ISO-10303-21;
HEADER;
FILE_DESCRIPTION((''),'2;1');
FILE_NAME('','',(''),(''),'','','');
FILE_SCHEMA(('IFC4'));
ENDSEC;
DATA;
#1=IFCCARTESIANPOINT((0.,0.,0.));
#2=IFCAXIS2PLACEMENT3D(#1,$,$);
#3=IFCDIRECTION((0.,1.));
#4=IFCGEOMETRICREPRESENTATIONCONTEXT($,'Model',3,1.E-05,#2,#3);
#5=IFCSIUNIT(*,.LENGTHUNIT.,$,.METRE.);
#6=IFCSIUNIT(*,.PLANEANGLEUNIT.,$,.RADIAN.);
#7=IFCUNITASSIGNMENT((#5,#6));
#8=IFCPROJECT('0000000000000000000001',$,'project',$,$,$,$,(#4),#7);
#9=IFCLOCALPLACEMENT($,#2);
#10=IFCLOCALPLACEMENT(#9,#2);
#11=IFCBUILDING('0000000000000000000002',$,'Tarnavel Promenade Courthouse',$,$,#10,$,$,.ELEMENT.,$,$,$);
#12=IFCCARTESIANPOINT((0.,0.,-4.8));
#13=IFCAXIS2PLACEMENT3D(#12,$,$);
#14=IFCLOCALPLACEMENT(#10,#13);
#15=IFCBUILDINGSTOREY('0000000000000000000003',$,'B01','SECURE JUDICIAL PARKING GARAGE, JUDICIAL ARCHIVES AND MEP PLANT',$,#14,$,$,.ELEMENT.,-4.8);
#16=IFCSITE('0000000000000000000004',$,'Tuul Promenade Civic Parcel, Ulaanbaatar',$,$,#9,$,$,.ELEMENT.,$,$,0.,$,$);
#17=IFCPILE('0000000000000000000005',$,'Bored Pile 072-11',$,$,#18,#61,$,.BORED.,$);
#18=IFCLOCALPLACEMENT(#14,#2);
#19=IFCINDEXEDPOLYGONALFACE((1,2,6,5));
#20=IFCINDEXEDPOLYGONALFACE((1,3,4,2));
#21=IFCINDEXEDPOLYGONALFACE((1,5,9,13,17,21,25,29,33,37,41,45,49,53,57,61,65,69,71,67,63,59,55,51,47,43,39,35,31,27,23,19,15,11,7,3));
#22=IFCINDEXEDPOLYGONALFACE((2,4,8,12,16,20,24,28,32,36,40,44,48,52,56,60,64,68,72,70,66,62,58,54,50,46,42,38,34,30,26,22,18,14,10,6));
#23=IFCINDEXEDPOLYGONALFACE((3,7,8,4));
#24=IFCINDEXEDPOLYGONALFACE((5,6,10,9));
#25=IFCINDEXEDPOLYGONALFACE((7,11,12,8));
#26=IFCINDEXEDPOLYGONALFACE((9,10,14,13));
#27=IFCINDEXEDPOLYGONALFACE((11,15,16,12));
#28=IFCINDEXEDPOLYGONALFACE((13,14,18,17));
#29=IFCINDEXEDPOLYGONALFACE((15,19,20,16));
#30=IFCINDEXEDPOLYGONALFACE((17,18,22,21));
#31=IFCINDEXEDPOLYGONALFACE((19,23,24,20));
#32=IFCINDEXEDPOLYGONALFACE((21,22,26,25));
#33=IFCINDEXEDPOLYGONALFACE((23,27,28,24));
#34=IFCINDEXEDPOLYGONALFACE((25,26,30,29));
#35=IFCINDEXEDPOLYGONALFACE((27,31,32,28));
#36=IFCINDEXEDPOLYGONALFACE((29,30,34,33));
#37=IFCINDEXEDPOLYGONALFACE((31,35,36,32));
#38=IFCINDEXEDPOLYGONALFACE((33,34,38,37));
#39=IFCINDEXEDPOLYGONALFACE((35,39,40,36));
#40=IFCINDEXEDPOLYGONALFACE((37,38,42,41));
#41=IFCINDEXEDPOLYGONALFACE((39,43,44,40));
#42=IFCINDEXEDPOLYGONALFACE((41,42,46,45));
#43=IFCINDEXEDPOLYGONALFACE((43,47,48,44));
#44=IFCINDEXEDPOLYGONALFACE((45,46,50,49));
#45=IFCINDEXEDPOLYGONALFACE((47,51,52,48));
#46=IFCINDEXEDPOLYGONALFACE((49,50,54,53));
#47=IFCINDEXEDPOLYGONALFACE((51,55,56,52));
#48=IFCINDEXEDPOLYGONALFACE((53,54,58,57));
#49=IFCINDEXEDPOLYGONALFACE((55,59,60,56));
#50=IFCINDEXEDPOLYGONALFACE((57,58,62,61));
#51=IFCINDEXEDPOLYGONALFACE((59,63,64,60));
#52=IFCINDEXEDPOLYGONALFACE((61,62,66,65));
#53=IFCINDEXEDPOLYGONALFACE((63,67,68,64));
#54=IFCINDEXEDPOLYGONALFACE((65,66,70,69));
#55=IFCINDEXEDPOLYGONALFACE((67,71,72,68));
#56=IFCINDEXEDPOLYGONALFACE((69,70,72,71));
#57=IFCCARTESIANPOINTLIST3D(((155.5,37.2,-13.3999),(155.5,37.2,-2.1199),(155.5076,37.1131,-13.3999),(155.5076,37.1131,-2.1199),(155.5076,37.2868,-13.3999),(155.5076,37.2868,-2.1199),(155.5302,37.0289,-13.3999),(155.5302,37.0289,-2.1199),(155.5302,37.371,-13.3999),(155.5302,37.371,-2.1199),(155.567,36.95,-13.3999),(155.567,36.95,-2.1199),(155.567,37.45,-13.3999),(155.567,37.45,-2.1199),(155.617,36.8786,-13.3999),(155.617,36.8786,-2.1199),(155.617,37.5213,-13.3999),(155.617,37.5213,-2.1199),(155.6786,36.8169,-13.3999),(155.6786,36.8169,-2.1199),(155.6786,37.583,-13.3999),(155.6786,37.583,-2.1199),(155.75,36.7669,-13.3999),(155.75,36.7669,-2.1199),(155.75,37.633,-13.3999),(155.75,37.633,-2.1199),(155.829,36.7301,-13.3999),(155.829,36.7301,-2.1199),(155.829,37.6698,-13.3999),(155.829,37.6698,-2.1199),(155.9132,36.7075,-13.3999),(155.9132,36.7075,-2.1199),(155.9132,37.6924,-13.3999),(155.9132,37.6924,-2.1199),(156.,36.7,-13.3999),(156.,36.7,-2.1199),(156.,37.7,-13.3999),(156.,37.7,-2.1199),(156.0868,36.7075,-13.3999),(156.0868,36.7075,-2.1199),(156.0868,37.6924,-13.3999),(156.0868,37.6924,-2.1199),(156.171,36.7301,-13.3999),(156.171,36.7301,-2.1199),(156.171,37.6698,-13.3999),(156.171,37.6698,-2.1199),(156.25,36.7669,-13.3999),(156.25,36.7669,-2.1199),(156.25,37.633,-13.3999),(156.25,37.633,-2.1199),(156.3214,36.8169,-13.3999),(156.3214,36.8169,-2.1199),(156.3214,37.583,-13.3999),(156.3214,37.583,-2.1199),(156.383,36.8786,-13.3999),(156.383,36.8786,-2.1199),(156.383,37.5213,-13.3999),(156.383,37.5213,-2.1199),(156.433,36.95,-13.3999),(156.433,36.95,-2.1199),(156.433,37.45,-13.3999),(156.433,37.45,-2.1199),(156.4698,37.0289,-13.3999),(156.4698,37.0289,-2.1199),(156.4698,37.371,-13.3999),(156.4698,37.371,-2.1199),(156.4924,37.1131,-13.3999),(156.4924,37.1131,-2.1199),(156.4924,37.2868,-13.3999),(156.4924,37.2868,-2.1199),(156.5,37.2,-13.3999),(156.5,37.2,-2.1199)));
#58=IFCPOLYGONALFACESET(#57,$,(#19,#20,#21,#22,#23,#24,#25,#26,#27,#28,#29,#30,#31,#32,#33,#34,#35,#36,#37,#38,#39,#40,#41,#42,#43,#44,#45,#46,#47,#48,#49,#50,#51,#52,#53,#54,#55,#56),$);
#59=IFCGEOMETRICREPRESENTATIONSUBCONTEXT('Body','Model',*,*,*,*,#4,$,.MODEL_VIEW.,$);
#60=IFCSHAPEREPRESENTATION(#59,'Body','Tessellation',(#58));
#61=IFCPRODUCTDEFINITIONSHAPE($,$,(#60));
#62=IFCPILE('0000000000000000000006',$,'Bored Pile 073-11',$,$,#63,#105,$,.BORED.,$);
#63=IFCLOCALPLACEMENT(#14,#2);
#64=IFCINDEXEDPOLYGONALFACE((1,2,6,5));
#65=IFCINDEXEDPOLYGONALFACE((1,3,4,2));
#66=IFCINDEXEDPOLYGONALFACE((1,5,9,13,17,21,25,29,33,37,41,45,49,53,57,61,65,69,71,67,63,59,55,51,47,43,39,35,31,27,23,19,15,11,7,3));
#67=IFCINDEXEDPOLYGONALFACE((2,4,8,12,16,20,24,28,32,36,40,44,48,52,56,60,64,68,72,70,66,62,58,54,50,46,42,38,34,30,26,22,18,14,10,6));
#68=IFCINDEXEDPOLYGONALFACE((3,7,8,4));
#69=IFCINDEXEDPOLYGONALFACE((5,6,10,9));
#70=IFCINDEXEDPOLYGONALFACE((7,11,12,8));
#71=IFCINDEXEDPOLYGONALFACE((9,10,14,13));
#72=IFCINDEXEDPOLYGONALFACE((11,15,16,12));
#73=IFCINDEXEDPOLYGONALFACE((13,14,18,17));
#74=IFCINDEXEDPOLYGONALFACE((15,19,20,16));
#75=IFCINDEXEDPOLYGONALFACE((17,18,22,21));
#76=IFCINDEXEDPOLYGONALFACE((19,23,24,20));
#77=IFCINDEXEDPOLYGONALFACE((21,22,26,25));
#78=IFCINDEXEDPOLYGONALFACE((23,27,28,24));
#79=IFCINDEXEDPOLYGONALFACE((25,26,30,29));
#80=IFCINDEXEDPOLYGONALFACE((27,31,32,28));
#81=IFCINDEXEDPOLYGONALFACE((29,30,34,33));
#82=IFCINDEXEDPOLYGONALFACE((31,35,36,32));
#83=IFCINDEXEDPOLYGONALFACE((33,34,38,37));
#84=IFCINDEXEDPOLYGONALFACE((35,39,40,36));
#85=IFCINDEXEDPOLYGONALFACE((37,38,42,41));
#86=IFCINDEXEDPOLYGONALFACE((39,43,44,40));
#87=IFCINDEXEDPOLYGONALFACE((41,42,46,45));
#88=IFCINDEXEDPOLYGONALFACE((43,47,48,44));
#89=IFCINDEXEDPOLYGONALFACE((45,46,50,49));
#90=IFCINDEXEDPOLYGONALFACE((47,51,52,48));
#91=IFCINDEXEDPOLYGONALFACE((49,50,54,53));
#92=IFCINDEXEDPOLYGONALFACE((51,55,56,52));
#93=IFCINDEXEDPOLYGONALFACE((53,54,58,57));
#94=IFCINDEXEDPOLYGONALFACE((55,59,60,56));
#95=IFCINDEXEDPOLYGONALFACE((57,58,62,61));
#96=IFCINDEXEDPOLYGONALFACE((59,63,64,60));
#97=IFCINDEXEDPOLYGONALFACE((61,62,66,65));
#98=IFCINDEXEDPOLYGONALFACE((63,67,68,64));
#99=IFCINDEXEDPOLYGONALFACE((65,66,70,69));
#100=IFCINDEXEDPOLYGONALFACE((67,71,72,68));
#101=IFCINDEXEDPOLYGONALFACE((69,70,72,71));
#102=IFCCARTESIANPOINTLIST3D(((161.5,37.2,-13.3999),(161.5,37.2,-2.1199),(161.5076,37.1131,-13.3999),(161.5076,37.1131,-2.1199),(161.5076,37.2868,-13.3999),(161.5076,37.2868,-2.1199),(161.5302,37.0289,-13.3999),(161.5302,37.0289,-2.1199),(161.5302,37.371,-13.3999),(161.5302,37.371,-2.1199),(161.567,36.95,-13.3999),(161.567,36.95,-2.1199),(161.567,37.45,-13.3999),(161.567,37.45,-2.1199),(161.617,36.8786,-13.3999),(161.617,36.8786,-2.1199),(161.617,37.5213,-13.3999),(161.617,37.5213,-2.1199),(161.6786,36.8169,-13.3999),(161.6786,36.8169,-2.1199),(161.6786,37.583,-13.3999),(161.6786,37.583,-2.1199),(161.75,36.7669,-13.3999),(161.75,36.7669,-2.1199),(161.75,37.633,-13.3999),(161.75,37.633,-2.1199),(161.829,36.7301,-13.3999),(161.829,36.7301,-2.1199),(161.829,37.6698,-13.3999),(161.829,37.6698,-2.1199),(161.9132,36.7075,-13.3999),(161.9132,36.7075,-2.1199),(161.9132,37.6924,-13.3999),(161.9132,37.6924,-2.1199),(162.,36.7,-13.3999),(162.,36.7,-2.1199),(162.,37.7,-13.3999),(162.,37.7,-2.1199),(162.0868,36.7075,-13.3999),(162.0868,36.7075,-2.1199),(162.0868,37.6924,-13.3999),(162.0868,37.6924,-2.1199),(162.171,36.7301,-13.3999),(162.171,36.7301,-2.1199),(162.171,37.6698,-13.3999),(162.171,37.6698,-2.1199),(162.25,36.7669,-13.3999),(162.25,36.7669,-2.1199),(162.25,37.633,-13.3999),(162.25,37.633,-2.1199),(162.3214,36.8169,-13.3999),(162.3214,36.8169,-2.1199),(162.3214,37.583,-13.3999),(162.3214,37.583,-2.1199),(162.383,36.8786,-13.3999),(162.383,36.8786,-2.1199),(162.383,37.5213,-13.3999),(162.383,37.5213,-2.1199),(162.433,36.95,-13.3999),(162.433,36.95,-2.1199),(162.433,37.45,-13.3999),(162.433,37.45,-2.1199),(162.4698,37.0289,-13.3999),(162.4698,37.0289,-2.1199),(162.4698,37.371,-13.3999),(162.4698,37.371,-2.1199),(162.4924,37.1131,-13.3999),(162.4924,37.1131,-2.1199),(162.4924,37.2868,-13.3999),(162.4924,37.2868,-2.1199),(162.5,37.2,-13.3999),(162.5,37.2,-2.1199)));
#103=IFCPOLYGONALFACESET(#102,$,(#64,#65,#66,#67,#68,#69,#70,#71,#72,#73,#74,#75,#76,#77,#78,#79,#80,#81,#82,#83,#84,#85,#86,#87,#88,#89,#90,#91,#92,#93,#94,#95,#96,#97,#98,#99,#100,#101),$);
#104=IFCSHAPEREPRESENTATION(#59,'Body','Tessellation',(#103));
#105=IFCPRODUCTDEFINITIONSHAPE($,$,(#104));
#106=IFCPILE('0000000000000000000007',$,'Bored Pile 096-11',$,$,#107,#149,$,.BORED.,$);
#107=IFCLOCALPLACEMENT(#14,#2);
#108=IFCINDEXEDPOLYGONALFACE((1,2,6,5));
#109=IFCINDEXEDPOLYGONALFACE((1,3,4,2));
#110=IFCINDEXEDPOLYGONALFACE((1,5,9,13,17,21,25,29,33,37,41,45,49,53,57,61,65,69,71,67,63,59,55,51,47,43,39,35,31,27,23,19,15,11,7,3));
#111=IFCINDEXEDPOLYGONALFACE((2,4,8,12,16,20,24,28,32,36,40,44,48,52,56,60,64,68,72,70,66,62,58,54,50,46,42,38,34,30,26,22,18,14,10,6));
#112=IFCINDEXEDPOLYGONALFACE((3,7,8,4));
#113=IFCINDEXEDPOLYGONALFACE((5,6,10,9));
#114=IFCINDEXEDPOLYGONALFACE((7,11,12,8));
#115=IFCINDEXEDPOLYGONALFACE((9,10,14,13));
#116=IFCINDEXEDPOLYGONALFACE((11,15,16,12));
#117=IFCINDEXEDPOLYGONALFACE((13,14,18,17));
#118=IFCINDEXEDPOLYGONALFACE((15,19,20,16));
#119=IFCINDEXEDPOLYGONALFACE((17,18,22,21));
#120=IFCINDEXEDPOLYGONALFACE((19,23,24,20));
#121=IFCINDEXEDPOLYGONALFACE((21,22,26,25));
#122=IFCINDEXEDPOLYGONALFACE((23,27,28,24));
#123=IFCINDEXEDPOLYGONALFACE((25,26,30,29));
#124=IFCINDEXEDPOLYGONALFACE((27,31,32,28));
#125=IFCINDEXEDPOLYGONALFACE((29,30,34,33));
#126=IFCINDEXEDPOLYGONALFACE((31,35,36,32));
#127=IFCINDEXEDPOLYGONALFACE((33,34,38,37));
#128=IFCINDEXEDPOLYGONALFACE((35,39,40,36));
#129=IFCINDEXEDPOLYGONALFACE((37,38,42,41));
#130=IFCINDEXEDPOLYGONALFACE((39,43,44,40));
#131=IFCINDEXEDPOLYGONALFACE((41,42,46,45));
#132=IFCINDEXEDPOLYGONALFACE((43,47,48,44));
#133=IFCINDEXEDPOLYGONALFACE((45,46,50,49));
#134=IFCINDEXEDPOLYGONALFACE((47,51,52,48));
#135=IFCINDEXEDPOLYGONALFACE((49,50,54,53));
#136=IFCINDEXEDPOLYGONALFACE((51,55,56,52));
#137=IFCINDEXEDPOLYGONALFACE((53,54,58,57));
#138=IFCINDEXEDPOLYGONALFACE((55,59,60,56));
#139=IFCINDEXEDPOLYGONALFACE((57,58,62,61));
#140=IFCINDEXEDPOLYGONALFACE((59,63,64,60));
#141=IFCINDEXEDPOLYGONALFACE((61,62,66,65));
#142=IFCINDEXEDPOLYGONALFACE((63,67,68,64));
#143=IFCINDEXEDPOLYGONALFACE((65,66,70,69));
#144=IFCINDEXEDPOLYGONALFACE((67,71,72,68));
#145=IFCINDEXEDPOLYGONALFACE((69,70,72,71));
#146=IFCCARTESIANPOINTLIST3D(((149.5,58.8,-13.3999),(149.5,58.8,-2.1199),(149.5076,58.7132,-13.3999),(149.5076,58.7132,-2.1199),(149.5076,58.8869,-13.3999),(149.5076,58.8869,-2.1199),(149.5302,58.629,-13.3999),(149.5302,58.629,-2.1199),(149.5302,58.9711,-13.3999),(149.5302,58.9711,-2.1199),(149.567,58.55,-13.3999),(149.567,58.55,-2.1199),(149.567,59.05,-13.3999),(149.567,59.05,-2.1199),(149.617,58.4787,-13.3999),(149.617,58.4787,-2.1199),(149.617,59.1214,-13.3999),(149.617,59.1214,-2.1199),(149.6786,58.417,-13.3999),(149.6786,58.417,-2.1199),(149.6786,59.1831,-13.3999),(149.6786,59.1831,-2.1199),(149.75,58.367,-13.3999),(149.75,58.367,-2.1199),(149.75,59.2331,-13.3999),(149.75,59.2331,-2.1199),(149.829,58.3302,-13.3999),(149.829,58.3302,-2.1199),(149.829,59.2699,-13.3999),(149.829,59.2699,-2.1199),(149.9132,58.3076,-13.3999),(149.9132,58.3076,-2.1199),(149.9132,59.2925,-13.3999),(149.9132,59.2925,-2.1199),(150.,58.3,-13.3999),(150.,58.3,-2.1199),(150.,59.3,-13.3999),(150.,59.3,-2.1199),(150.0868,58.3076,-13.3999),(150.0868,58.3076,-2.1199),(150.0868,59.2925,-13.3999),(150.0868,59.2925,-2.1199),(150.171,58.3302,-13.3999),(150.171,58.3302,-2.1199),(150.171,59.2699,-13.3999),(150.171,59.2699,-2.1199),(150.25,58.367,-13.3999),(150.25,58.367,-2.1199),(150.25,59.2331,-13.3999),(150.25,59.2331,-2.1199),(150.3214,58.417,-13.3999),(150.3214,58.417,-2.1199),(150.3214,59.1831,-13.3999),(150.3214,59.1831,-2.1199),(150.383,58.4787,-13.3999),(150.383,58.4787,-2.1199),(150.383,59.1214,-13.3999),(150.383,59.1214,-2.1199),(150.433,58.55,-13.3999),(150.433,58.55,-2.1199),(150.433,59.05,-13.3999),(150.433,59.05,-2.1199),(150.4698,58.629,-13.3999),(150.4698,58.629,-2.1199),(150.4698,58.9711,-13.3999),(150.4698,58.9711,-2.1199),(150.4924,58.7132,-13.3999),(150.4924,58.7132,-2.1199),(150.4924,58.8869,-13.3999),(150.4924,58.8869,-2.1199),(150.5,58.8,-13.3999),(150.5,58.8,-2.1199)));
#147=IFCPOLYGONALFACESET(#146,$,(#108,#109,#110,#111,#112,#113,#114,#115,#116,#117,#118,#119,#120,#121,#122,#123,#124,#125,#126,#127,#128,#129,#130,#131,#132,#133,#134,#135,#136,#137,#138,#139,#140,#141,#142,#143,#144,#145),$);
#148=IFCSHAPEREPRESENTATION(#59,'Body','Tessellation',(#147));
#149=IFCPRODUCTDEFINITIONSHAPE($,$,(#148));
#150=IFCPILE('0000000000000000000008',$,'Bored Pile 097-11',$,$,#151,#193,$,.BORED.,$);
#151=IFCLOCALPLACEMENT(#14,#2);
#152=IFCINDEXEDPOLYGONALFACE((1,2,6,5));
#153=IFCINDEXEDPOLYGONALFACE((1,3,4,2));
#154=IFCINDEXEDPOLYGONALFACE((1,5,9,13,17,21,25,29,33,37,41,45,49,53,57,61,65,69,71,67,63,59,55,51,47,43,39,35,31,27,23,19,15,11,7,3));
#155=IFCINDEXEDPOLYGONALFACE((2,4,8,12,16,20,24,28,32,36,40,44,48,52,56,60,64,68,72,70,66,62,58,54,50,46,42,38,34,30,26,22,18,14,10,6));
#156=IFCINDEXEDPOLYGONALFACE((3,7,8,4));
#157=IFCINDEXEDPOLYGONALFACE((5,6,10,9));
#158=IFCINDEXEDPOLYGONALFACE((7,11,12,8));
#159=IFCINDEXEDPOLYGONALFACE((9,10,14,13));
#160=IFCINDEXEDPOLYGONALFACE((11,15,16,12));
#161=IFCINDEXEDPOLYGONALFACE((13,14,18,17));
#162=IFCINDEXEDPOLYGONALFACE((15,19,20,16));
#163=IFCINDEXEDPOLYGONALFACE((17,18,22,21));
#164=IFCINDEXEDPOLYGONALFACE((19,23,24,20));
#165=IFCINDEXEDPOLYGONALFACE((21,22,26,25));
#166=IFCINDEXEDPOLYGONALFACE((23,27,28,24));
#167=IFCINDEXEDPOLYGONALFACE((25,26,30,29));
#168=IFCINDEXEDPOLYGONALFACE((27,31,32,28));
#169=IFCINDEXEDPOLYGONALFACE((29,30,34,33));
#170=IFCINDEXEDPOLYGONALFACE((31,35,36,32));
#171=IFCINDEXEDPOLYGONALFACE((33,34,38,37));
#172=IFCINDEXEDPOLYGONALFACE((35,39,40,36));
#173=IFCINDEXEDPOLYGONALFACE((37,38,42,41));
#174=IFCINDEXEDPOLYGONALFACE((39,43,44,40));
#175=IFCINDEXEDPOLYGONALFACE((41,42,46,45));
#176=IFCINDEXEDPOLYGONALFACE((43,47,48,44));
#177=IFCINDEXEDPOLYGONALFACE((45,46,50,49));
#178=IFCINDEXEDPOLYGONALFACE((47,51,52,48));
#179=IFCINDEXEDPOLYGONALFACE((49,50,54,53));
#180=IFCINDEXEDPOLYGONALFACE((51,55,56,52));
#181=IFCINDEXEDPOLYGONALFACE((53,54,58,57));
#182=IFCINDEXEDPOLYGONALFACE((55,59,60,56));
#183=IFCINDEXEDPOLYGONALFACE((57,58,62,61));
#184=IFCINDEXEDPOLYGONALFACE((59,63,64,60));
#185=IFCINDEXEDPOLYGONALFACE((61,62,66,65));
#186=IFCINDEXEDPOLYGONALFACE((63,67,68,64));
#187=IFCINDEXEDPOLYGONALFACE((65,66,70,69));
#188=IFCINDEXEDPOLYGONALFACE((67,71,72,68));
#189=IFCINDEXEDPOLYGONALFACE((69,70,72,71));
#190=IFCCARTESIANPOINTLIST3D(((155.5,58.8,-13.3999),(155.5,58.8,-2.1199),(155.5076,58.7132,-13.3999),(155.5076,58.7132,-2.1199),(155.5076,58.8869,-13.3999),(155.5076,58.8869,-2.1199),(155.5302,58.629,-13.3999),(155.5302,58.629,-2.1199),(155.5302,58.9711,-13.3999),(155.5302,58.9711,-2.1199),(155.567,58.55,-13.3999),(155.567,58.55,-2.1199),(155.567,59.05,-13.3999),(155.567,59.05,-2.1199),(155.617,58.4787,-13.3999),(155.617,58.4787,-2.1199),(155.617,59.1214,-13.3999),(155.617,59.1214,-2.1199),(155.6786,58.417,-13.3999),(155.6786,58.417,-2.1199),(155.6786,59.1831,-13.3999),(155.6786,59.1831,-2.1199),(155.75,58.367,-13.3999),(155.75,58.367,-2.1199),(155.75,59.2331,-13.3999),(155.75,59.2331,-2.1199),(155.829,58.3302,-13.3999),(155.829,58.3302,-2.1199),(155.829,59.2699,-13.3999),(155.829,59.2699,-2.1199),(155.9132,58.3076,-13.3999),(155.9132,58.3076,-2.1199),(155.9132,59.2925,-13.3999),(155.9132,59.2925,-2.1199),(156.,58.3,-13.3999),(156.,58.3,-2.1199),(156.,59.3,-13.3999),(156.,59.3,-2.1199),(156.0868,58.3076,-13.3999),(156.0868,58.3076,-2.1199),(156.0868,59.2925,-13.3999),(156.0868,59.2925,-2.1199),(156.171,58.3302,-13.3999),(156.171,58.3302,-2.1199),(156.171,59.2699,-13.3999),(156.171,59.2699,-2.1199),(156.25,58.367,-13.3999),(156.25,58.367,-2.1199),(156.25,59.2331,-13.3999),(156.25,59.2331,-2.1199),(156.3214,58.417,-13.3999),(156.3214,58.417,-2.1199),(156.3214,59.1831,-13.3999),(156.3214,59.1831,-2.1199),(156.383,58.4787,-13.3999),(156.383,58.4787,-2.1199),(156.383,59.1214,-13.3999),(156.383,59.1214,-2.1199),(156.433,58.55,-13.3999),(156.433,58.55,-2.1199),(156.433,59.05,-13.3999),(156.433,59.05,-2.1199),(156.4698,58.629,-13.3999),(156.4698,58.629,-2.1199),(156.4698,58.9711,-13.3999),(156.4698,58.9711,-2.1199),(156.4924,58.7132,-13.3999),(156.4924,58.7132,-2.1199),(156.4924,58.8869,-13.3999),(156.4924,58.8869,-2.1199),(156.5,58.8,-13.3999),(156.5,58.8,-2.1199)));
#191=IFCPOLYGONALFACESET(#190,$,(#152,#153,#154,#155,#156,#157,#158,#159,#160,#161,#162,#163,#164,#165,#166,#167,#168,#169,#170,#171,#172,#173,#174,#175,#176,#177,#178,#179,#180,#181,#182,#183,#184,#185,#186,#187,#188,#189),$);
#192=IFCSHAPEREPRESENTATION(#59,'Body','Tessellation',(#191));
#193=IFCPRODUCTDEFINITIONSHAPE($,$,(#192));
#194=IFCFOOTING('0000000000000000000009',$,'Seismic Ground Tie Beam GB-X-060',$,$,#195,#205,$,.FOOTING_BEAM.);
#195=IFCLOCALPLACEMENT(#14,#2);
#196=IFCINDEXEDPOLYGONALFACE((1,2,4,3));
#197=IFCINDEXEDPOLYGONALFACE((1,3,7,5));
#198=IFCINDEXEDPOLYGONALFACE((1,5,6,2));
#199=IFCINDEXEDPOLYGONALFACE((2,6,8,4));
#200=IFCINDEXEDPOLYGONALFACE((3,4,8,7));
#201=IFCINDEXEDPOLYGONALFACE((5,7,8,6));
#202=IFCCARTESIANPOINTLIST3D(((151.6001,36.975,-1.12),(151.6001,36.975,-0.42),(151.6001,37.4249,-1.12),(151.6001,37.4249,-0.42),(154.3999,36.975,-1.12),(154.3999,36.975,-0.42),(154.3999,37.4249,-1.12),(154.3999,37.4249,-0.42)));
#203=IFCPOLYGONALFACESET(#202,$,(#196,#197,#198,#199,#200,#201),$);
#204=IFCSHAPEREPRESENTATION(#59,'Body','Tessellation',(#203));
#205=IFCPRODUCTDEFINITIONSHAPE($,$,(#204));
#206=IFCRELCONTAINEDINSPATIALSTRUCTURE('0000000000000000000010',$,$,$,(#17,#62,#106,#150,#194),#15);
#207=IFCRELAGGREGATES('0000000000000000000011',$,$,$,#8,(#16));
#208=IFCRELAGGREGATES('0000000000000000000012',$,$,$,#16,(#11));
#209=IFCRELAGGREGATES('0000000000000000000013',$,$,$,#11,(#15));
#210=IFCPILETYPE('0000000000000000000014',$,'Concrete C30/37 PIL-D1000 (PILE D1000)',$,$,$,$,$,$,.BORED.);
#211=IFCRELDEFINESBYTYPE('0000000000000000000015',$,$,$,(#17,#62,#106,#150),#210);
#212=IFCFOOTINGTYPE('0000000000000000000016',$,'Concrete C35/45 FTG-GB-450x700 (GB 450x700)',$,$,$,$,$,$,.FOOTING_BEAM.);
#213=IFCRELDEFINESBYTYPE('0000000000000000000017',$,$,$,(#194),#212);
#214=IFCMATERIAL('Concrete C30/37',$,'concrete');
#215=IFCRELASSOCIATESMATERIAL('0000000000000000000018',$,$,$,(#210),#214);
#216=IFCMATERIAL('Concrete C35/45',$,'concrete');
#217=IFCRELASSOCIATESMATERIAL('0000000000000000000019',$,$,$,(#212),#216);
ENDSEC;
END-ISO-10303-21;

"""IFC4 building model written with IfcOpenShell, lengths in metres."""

from ifc_helpers import new_model, si_unit, direction, frame, origin, origin_2d, place, context, subcontext, project, spatial, rectangle, circle, extrude, material, material_profile, profile_set, type_object, element, save


model = new_model("IFC4")

# Units and contexts
model_context = context("Model", 3, precision=1e-05, world=origin(), true_north=direction((0.0, 1.0)))
body_context = subcontext(model_context, "Body", "Model", "MODEL_VIEW")
ifc_project = project(units=[si_unit("LENGTHUNIT", "METRE"), si_unit("PLANEANGLEUNIT", "RADIAN")], contexts=[model_context])

# Site, building, storey
site_placement = place(None, origin())
site = spatial("IfcSite", under=ifc_project, at=site_placement, Name="Tuul Promenade Civic Parcel, Ulaanbaatar", CompositionType="ELEMENT", RefElevation=0.0)
building_placement = place(site_placement, origin())
building = spatial("IfcBuilding", under=site, at=building_placement, Name="Tarnavel Promenade Courthouse", CompositionType="ELEMENT")
storey_placement = place(building_placement, frame((0.0, 0.0, -4.8)))
storey = spatial("IfcBuildingStorey", under=building, at=storey_placement, Name="B01", Description="SECURE JUDICIAL PARKING GARAGE, JUDICIAL ARCHIVES AND MEP PLANT", CompositionType="ELEMENT", Elevation=-4.8)

# Piles
ifc_material_1 = material(Name="Concrete C30/37", Category="concrete")
ifc_material_profile_1 = material_profile(ifc_material_1, circle(Radius=0.5, at=origin_2d()), Name="PILE D1000")
ifc_profile_set_1 = profile_set([ifc_material_profile_1], Name="Concrete C30/37")
pile_type = type_object("IfcPileType", Name="Concrete C30/37 PIL-D1000 (PILE D1000)", PredefinedType="BORED", material=ifc_profile_set_1)
for number, where, z_axis, x_axis, name in (
    (1, (156.0, 37.2, -2.1199), (0.0, 0.0, -1.0), (1.0, 0.0, 0.0), "Bored Pile 072-11"),
    (2, (162.0, 37.2, -2.1199), (0.0, 0.0, -1.0), (1.0, 0.0, 0.0), "Bored Pile 073-11"),
    (3, (150.0, 58.8, -2.1199), (0.0, 0.0, -1.0), (1.0, 0.0, 0.0), "Bored Pile 096-11"),
    (4, (156.0, 58.8, -2.1199), (0.0, 0.0, -1.0), (1.0, 0.0, 0.0), "Bored Pile 097-11"),
):
    element("IfcPile", number, at=place(storey_placement, frame(where, z_axis=z_axis, x_axis=x_axis)), inside=storey, type_object=pile_type, Name=name, PredefinedType="BORED", context=body_context, shape_type="SweptSolid", body=[
        extrude(circle(Radius=0.5, at=origin_2d()), origin(), (0.0, 0.0, 1.0), 11.28),
    ])

# Footing
ifc_material_2 = material(Name="Concrete C35/45", Category="concrete")
ifc_material_profile_2 = material_profile(ifc_material_2, rectangle(XDim=0.45, YDim=0.7, at=origin_2d()), Name="GB 450x700")
ifc_profile_set_2 = profile_set([ifc_material_profile_2], Name="Concrete C35/45")
footing_type_1 = type_object("IfcFootingType", Name="Concrete C35/45 FTG-GB-450x700 (GB 450x700)", PredefinedType="FOOTING_BEAM", material=ifc_profile_set_2)
for number, where, z_axis, x_axis, name in (
    (5, (151.6001, 37.2, -0.77), (1.0, 0.0, 0.0), (0.0, 1.0, 0.0), "Seismic Ground Tie Beam GB-X-060"),
):
    element("IfcFooting", number, at=place(storey_placement, frame(where, z_axis=z_axis, x_axis=x_axis)), inside=storey, type_object=footing_type_1, Name=name, PredefinedType="FOOTING_BEAM", context=body_context, shape_type="SweptSolid", body=[
        extrude(rectangle(XDim=0.45, YDim=0.7, at=origin_2d()), origin(), (0.0, 0.0, 1.0), 2.7998),
    ])

save(model, "model.ifc")
